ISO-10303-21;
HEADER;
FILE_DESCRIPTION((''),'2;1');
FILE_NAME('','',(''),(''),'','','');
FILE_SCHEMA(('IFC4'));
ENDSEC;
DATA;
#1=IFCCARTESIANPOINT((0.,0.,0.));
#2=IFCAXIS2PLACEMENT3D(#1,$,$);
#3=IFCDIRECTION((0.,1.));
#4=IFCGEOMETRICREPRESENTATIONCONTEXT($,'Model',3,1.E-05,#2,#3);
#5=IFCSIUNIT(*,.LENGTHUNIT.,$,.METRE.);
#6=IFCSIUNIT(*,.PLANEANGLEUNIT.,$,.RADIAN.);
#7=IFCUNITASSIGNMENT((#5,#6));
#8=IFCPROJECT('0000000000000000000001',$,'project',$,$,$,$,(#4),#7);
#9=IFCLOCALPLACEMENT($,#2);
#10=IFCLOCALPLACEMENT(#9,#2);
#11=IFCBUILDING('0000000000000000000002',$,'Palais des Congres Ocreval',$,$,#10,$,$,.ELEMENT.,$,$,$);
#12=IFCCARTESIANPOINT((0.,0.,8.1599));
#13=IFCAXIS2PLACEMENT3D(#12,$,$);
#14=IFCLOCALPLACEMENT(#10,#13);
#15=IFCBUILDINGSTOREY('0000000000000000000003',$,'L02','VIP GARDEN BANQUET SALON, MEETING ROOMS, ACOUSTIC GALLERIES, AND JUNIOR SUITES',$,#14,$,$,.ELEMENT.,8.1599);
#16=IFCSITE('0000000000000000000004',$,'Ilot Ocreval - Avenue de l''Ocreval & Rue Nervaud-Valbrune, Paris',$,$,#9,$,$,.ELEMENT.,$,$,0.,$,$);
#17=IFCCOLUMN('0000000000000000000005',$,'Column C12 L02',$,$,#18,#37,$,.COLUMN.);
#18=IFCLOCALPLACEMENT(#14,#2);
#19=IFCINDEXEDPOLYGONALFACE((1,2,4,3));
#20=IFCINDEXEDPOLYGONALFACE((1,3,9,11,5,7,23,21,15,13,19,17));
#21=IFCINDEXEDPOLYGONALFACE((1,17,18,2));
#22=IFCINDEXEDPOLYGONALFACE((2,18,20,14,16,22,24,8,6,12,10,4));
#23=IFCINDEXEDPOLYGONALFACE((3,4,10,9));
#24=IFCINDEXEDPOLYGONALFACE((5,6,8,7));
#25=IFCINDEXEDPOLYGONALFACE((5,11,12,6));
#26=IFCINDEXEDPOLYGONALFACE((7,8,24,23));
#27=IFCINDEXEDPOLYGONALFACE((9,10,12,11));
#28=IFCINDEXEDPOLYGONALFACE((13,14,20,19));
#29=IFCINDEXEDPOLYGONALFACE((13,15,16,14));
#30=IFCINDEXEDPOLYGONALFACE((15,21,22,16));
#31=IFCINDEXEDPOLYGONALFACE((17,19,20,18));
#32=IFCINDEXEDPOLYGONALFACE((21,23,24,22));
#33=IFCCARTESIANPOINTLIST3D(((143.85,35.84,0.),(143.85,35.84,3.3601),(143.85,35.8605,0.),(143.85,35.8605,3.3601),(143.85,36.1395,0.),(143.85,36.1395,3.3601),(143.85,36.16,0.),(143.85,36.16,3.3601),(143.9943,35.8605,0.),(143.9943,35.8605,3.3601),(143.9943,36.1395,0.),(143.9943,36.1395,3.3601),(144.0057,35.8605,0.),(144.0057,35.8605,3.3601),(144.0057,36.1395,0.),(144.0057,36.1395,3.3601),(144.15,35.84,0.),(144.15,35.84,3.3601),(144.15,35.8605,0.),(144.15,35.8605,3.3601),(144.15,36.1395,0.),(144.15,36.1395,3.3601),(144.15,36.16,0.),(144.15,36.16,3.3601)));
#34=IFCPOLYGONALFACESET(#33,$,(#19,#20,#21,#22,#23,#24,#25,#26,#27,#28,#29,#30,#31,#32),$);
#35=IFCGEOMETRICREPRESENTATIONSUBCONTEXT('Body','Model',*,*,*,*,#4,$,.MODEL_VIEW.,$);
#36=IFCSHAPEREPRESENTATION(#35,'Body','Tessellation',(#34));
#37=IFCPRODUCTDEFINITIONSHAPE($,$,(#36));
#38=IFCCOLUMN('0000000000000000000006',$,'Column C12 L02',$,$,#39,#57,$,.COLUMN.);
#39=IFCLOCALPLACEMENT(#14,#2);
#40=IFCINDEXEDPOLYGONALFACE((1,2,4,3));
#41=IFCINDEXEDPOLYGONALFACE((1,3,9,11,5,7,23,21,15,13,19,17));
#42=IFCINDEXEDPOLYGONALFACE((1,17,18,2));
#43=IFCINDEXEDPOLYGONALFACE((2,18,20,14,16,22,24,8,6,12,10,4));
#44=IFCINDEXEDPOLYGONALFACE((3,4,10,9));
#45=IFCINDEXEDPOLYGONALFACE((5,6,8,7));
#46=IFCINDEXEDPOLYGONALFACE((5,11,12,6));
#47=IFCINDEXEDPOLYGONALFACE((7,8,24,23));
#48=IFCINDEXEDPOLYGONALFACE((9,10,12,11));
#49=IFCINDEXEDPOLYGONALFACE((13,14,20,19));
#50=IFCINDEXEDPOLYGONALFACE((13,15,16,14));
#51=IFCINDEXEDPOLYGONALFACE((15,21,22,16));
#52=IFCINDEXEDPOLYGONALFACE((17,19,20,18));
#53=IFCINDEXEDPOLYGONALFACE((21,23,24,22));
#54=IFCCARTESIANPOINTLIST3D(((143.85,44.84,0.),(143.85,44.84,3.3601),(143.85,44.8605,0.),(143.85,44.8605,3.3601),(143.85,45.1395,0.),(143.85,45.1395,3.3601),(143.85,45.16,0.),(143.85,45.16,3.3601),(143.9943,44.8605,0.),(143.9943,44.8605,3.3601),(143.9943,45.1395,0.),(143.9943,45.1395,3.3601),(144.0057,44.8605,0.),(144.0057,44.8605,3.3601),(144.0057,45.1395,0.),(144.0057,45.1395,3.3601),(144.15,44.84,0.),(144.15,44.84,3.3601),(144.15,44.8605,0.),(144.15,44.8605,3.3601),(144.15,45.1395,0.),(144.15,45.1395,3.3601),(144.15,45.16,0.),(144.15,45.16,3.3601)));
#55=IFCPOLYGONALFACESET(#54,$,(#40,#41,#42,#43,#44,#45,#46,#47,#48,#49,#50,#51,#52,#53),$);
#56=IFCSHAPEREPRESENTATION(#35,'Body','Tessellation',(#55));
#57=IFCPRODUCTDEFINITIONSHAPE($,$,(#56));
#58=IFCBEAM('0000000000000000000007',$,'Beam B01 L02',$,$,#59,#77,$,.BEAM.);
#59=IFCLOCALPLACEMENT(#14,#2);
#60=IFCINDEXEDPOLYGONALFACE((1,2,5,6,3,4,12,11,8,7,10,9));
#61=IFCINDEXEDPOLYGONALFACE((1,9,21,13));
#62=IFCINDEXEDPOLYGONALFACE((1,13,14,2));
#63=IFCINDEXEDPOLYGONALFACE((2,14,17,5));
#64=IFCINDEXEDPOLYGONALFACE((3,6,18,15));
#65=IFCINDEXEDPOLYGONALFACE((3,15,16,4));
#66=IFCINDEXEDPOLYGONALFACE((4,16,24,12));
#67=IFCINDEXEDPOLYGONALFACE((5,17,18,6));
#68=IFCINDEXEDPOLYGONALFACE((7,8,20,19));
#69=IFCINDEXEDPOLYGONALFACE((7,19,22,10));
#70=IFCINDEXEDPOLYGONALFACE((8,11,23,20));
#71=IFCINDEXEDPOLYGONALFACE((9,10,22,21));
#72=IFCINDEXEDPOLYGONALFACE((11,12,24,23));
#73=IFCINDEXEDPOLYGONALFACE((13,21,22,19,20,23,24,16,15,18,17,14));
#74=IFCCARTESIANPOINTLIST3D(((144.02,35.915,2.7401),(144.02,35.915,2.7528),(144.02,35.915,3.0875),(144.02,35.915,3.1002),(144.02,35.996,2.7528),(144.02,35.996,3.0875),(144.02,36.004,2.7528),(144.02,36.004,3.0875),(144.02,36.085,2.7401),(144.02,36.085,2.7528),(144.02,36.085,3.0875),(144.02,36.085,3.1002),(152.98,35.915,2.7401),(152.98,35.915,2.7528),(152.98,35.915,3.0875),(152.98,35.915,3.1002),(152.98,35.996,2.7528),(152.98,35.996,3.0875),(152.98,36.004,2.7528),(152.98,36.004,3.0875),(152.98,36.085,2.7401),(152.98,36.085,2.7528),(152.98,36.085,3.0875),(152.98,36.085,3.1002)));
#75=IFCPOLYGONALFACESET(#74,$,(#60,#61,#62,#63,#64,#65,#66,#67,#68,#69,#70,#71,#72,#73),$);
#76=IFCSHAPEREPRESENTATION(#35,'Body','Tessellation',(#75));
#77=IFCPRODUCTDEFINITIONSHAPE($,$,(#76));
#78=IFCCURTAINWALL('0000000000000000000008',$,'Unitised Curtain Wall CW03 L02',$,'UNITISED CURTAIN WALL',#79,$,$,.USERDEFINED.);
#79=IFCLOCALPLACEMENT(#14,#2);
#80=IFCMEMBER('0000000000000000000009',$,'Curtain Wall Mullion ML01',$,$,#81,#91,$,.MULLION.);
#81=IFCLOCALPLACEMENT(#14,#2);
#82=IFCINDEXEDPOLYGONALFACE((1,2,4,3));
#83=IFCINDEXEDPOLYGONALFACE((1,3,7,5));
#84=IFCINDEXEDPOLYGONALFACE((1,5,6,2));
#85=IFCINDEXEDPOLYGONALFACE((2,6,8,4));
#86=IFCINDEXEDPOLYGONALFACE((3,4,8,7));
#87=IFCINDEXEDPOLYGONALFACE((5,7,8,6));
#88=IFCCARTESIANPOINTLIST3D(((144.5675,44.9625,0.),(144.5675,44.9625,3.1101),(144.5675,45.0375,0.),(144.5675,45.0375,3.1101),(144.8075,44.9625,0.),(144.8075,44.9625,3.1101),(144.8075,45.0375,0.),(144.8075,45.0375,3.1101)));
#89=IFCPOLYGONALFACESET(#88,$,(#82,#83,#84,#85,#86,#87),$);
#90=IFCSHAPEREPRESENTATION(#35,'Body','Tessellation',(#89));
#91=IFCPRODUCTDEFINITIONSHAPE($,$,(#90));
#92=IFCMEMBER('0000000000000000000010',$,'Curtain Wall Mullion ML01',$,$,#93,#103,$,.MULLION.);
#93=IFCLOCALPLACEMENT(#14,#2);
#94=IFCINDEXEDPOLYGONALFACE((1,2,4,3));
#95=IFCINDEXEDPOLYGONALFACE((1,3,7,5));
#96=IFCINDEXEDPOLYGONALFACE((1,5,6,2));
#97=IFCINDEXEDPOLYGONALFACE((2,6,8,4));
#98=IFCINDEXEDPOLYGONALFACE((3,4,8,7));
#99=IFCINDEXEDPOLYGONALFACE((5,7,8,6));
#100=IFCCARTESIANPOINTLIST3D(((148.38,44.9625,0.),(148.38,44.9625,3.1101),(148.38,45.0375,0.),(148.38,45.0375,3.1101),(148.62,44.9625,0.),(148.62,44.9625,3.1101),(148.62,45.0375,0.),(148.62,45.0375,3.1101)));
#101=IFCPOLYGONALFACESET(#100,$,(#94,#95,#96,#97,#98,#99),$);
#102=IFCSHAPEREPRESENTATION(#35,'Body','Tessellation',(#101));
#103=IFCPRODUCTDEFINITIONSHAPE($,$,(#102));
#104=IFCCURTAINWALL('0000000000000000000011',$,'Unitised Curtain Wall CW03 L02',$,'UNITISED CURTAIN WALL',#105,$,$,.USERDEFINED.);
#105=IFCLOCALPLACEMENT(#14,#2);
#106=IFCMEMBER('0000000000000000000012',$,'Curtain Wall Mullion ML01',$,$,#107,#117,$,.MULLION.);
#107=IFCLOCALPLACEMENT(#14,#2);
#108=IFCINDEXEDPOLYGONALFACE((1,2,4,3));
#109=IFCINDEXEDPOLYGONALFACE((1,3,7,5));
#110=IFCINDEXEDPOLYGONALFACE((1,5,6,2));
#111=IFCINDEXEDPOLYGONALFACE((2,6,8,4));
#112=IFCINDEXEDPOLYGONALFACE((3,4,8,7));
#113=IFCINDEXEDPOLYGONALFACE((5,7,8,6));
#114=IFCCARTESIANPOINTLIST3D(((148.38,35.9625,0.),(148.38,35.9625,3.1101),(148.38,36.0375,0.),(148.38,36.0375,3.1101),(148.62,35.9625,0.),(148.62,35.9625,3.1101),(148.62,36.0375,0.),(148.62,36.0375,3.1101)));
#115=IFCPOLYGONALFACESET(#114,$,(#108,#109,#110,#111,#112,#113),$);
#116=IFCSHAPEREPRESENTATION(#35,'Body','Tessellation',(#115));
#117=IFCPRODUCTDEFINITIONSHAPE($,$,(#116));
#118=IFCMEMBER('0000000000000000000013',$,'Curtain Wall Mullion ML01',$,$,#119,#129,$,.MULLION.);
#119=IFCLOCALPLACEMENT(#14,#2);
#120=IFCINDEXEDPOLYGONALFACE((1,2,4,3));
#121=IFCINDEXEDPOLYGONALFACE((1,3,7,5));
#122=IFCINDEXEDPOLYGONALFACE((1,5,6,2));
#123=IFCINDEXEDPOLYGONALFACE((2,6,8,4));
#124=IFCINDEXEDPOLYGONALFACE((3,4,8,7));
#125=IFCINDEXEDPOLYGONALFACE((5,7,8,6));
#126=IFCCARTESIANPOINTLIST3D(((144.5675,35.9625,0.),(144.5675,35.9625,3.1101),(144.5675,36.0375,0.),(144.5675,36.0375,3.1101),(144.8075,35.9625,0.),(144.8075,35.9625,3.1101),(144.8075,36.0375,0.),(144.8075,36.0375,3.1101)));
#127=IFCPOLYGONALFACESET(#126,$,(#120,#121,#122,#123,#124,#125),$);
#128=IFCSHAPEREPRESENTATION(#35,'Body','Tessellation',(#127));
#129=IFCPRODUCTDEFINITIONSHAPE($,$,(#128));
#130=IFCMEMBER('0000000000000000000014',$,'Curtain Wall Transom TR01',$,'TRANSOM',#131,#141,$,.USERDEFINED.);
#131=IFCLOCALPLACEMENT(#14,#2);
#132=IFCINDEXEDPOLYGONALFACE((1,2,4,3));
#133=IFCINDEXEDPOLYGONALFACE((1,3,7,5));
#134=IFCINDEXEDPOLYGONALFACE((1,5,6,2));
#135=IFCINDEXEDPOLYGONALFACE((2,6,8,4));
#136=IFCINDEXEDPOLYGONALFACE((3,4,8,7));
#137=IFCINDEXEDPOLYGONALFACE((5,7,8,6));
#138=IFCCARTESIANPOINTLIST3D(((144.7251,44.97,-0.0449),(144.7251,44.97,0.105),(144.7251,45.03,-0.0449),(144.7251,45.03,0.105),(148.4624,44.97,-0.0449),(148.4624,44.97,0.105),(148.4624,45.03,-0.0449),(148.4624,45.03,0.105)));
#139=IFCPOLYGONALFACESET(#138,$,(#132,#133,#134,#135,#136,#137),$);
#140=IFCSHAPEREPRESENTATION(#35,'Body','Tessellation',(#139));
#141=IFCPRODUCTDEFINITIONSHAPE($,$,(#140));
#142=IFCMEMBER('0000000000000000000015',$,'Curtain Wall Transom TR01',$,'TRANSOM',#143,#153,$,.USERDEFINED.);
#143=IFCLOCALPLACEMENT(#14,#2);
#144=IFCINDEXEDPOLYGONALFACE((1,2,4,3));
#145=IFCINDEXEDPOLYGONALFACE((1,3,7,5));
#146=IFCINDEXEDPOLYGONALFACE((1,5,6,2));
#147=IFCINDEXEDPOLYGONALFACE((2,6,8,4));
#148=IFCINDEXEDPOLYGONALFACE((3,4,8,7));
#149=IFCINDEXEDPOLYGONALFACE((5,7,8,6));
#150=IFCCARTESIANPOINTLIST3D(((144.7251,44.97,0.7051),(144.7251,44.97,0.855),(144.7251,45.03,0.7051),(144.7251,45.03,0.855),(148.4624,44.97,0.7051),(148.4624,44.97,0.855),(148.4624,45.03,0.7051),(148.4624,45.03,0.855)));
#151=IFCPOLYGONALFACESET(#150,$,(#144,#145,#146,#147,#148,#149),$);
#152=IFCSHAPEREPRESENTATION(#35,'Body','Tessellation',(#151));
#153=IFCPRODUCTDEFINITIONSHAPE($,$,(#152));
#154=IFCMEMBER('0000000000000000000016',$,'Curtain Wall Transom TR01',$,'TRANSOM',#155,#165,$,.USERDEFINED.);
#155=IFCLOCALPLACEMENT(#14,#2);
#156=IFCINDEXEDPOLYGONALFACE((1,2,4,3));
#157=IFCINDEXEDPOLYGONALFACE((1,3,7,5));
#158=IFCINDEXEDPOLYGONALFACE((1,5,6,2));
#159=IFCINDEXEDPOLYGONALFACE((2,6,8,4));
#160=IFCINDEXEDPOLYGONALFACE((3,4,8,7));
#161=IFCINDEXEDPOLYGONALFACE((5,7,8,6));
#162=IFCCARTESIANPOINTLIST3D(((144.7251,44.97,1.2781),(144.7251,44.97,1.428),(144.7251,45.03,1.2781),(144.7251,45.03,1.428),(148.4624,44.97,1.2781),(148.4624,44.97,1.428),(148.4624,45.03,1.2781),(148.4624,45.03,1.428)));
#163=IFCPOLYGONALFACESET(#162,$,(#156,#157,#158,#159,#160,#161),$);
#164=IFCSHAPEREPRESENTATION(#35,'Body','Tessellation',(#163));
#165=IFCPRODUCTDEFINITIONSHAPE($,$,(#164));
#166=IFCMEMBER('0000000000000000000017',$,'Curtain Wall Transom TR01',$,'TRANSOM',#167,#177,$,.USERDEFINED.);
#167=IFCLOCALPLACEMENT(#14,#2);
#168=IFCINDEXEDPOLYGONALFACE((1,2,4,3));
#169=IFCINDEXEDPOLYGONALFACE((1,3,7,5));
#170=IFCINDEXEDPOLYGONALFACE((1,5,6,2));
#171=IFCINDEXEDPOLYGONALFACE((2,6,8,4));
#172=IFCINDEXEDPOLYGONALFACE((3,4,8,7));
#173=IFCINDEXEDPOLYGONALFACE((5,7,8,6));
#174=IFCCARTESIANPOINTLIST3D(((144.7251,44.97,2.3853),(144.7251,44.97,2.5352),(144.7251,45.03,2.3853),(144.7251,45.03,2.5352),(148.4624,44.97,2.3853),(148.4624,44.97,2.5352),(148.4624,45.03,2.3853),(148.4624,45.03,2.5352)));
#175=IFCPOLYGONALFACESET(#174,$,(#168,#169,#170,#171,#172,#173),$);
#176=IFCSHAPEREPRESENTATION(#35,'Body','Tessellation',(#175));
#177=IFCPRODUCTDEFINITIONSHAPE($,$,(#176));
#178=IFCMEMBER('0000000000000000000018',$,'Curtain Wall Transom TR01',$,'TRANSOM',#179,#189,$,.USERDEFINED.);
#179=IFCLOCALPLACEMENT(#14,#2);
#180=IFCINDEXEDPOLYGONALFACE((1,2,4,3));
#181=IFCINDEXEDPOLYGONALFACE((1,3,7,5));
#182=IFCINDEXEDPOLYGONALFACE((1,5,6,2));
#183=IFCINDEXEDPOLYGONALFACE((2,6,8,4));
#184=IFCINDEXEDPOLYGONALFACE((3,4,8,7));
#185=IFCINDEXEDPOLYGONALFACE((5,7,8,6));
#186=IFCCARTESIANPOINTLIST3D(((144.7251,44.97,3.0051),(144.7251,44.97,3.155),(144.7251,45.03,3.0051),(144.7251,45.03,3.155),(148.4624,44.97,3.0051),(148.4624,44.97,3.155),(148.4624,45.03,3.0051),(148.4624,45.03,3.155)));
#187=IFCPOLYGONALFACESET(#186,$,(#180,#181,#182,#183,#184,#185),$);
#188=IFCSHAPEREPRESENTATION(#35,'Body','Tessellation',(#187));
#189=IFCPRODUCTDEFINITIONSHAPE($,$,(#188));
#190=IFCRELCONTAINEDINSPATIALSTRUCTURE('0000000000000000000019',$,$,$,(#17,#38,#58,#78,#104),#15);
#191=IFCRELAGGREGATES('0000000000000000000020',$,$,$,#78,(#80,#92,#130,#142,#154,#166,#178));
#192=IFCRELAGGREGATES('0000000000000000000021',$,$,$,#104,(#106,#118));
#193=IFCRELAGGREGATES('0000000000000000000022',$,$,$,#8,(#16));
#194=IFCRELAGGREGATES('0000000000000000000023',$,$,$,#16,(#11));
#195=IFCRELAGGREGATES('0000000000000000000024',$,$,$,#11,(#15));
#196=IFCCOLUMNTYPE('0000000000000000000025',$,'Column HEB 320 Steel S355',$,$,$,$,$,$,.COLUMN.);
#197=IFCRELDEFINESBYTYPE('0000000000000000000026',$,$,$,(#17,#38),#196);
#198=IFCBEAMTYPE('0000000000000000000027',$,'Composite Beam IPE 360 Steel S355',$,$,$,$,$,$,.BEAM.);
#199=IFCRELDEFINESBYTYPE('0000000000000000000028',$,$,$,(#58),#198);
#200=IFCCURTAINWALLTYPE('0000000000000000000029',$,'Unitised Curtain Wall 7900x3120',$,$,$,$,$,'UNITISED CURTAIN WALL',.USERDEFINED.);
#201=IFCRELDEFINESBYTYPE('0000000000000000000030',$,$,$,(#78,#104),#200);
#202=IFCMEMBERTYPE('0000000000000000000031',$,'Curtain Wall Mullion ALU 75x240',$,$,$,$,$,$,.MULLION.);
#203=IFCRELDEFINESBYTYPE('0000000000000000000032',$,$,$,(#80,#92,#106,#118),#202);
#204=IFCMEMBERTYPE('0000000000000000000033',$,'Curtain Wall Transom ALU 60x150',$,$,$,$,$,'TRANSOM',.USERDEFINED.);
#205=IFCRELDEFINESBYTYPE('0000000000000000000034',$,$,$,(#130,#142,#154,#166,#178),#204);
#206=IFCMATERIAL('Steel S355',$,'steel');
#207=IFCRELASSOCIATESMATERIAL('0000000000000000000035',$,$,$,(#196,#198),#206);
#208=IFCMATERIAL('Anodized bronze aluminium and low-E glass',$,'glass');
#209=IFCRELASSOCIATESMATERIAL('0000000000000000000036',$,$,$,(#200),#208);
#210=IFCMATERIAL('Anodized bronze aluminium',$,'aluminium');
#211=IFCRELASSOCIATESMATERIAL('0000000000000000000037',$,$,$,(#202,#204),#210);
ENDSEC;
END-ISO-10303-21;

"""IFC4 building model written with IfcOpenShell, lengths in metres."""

from ifc_helpers import new_model, si_unit, direction, frame, origin, origin_2d, place, context, subcontext, project, spatial, rectangle, i_section, extrude, material, material_profile, profile_set, type_object, element, aggregate, save


model = new_model("IFC4")

# Units and contexts
model_context = context("Model", 3, precision=1e-05, world=origin(), true_north=direction((0.0, 1.0)))
body_context = subcontext(model_context, "Body", "Model", "MODEL_VIEW")
ifc_project = project(units=[si_unit("LENGTHUNIT", "METRE"), si_unit("PLANEANGLEUNIT", "RADIAN")], contexts=[model_context])

# Site, building, storey
site_placement = place(None, origin())
site = spatial("IfcSite", under=ifc_project, at=site_placement, Name="Ilot Ocreval - Avenue de l'Ocreval & Rue Nervaud-Valbrune, Paris", CompositionType="ELEMENT", RefElevation=0.0)
building_placement = place(site_placement, origin())
building = spatial("IfcBuilding", under=site, at=building_placement, Name="Palais des Congres Ocreval", CompositionType="ELEMENT")
storey_placement = place(building_placement, frame((0.0, 0.0, 8.1599)))
storey = spatial("IfcBuildingStorey", under=building, at=storey_placement, Name="L02", Description="VIP GARDEN BANQUET SALON, MEETING ROOMS, ACOUSTIC GALLERIES, AND JUNIOR SUITES", CompositionType="ELEMENT", Elevation=8.1599)

# Columns
ifc_material_1 = material(Name="Steel S355", Category="steel")
ifc_material_profile_1 = material_profile(ifc_material_1, i_section(OverallWidth=0.3, OverallDepth=0.3201, WebThickness=0.0115, FlangeThickness=0.0205, at=origin_2d()), Name="HEB 320")
ifc_profile_set_1 = profile_set([ifc_material_profile_1], Name="Steel S355")
column_type = type_object("IfcColumnType", Name="Column HEB 320 Steel S355", PredefinedType="COLUMN", material=ifc_profile_set_1)
for number, where, z_axis, x_axis, name in (
    (1, (144.0, 36.0, 0.0), (0.0, 0.0, 1.0), (1.0, 0.0, 0.0), "Column C12 L02"),
    (2, (144.0, 45.0, 0.0), (0.0, 0.0, 1.0), (1.0, 0.0, 0.0), "Column C12 L02"),
):
    element("IfcColumn", number, at=place(storey_placement, frame(where, z_axis=z_axis, x_axis=x_axis)), inside=storey, type_object=column_type, Name=name, PredefinedType="COLUMN", context=body_context, shape_type="SweptSolid", body=[
        extrude(i_section(OverallWidth=0.3, OverallDepth=0.3201, WebThickness=0.0115, FlangeThickness=0.0205, at=origin_2d()), origin(), (0.0, 0.0, 1.0), 3.3601),
    ])

# Beam
ifc_material_profile_2 = material_profile(ifc_material_1, i_section(OverallWidth=0.1699, OverallDepth=0.3601, WebThickness=0.0081, FlangeThickness=0.0127, at=origin_2d()), Name="IPE 360")
ifc_profile_set_2 = profile_set([ifc_material_profile_2], Name="Steel S355")
beam_type_1 = type_object("IfcBeamType", Name="Composite Beam IPE 360 Steel S355", PredefinedType="BEAM", material=ifc_profile_set_2)
beam_1_placement = place(storey_placement, frame((144.02, 36.0, 2.9202), z_axis=(1.0, 0.0, 0.0), x_axis=(0.0, 1.0, 0.0)))
element("IfcBeam", 3, at=beam_1_placement, inside=storey, type_object=beam_type_1, Name="Beam B01 L02", PredefinedType="BEAM", context=body_context, shape_type="SweptSolid", body=[
    extrude(i_section(OverallWidth=0.1699, OverallDepth=0.3601, WebThickness=0.0081, FlangeThickness=0.0127, at=origin_2d()), origin(), (0.0, 0.0, 1.0), 8.96),
])

# Curtain walls, members
ifc_material_2 = material(Name="Anodized bronze aluminium and low-E glass", Category="glass")
curtain_wall_type = type_object("IfcCurtainWallType", Name="Unitised Curtain Wall 7900x3120", ElementType="UNITISED CURTAIN WALL", PredefinedType="USERDEFINED", material=ifc_material_2)
curtain_wall_1_placement = place(storey_placement, origin())
curtain_wall_1 = element("IfcCurtainWall", 4, at=curtain_wall_1_placement, inside=storey, type_object=curtain_wall_type, Name="Unitised Curtain Wall CW03 L02", ObjectType="UNITISED CURTAIN WALL", PredefinedType="USERDEFINED")
ifc_material_3 = material(Name="Anodized bronze aluminium", Category="aluminium")
ifc_material_profile_3 = material_profile(ifc_material_3, rectangle(XDim=0.075, YDim=0.24, at=origin_2d()), Name="ALU 75x240")
ifc_profile_set_3 = profile_set([ifc_material_profile_3], Name="Anodized bronze aluminium")
member_type_1 = type_object("IfcMemberType", Name="Curtain Wall Mullion ALU 75x240", PredefinedType="MULLION", material=ifc_profile_set_3)
member_1_placement = place(storey_placement, frame((144.6875, 45.0, 0.0), z_axis=(0.0, 0.0, 1.0), x_axis=(0.0, 1.0, 0.0)))
member_1 = element("IfcMember", 5, at=member_1_placement, type_object=member_type_1, Name="Curtain Wall Mullion ML01", PredefinedType="MULLION", context=body_context, shape_type="SweptSolid", body=[
    extrude(rectangle(XDim=0.075, YDim=0.24, at=origin_2d()), origin(), (0.0, 0.0, 1.0), 3.1101),
])
member_2_placement = place(storey_placement, frame((148.5, 45.0, 0.0), z_axis=(0.0, 0.0, 1.0), x_axis=(0.0, 1.0, 0.0)))
member_2 = element("IfcMember", 6, at=member_2_placement, type_object=member_type_1, Name="Curtain Wall Mullion ML01", PredefinedType="MULLION", context=body_context, shape_type="SweptSolid", body=[
    extrude(rectangle(XDim=0.075, YDim=0.24, at=origin_2d()), origin(), (0.0, 0.0, 1.0), 3.1101),
])
curtain_wall_2_placement = place(storey_placement, origin())
curtain_wall_2 = element("IfcCurtainWall", 7, at=curtain_wall_2_placement, inside=storey, type_object=curtain_wall_type, Name="Unitised Curtain Wall CW03 L02", ObjectType="UNITISED CURTAIN WALL", PredefinedType="USERDEFINED")
member_3_placement = place(storey_placement, frame((148.5, 36.0, 0.0), z_axis=(0.0, 0.0, 1.0), x_axis=(0.0, -1.0, 0.0)))
member_3 = element("IfcMember", 8, at=member_3_placement, type_object=member_type_1, Name="Curtain Wall Mullion ML01", PredefinedType="MULLION", context=body_context, shape_type="SweptSolid", body=[
    extrude(rectangle(XDim=0.075, YDim=0.24, at=origin_2d()), origin(), (0.0, 0.0, 1.0), 3.1101),
])
member_4_placement = place(storey_placement, frame((144.6875, 36.0, 0.0), z_axis=(0.0, 0.0, 1.0), x_axis=(0.0, -1.0, 0.0)))
member_4 = element("IfcMember", 9, at=member_4_placement, type_object=member_type_1, Name="Curtain Wall Mullion ML01", PredefinedType="MULLION", context=body_context, shape_type="SweptSolid", body=[
    extrude(rectangle(XDim=0.075, YDim=0.24, at=origin_2d()), origin(), (0.0, 0.0, 1.0), 3.1101),
])

# Members
ifc_material_profile_4 = material_profile(ifc_material_3, rectangle(XDim=0.0601, YDim=0.1499, at=origin_2d()), Name="ALU 60x150")
ifc_profile_set_4 = profile_set([ifc_material_profile_4], Name="Anodized bronze aluminium")
member_type_2 = type_object("IfcMemberType", Name="Curtain Wall Transom ALU 60x150", ElementType="TRANSOM", PredefinedType="USERDEFINED", material=ifc_profile_set_4)
member_5_placement = place(storey_placement, frame((144.7251, 45.0, 0.03), z_axis=(1.0, 0.0, 0.0), x_axis=(0.0, 1.0, 0.0)))
member_5 = element("IfcMember", 10, at=member_5_placement, type_object=member_type_2, Name="Curtain Wall Transom TR01", ObjectType="TRANSOM", PredefinedType="USERDEFINED", context=body_context, shape_type="SweptSolid", body=[
    extrude(rectangle(XDim=0.0601, YDim=0.1499, at=origin_2d()), origin(), (0.0, 0.0, 1.0), 3.7373),
])
member_6_placement = place(storey_placement, frame((144.7251, 45.0, 0.78), z_axis=(1.0, 0.0, 0.0), x_axis=(0.0, 1.0, 0.0)))
member_6 = element("IfcMember", 11, at=member_6_placement, type_object=member_type_2, Name="Curtain Wall Transom TR01", ObjectType="TRANSOM", PredefinedType="USERDEFINED", context=body_context, shape_type="SweptSolid", body=[
    extrude(rectangle(XDim=0.0601, YDim=0.1499, at=origin_2d()), origin(), (0.0, 0.0, 1.0), 3.7373),
])
member_7_placement = place(storey_placement, frame((144.7251, 45.0, 1.353), z_axis=(1.0, 0.0, 0.0), x_axis=(0.0, 1.0, 0.0)))
member_7 = element("IfcMember", 12, at=member_7_placement, type_object=member_type_2, Name="Curtain Wall Transom TR01", ObjectType="TRANSOM", PredefinedType="USERDEFINED", context=body_context, shape_type="SweptSolid", body=[
    extrude(rectangle(XDim=0.0601, YDim=0.1499, at=origin_2d()), origin(), (0.0, 0.0, 1.0), 3.7373),
])
member_8_placement = place(storey_placement, frame((144.7251, 45.0, 2.4602), z_axis=(1.0, 0.0, 0.0), x_axis=(0.0, 1.0, 0.0)))
member_8 = element("IfcMember", 13, at=member_8_placement, type_object=member_type_2, Name="Curtain Wall Transom TR01", ObjectType="TRANSOM", PredefinedType="USERDEFINED", context=body_context, shape_type="SweptSolid", body=[
    extrude(rectangle(XDim=0.0601, YDim=0.1499, at=origin_2d()), origin(), (0.0, 0.0, 1.0), 3.7373),
])
member_9_placement = place(storey_placement, frame((144.7251, 45.0, 3.0801), z_axis=(1.0, 0.0, 0.0), x_axis=(0.0, 1.0, 0.0)))
member_9 = element("IfcMember", 14, at=member_9_placement, type_object=member_type_2, Name="Curtain Wall Transom TR01", ObjectType="TRANSOM", PredefinedType="USERDEFINED", context=body_context, shape_type="SweptSolid", body=[
    extrude(rectangle(XDim=0.0601, YDim=0.1499, at=origin_2d()), origin(), (0.0, 0.0, 1.0), 3.7373),
])

aggregate(curtain_wall_1, [member_1, member_2, member_5, member_6, member_7, member_8, member_9])
aggregate(curtain_wall_2, [member_3, member_4])

save(model, "model.ifc")
